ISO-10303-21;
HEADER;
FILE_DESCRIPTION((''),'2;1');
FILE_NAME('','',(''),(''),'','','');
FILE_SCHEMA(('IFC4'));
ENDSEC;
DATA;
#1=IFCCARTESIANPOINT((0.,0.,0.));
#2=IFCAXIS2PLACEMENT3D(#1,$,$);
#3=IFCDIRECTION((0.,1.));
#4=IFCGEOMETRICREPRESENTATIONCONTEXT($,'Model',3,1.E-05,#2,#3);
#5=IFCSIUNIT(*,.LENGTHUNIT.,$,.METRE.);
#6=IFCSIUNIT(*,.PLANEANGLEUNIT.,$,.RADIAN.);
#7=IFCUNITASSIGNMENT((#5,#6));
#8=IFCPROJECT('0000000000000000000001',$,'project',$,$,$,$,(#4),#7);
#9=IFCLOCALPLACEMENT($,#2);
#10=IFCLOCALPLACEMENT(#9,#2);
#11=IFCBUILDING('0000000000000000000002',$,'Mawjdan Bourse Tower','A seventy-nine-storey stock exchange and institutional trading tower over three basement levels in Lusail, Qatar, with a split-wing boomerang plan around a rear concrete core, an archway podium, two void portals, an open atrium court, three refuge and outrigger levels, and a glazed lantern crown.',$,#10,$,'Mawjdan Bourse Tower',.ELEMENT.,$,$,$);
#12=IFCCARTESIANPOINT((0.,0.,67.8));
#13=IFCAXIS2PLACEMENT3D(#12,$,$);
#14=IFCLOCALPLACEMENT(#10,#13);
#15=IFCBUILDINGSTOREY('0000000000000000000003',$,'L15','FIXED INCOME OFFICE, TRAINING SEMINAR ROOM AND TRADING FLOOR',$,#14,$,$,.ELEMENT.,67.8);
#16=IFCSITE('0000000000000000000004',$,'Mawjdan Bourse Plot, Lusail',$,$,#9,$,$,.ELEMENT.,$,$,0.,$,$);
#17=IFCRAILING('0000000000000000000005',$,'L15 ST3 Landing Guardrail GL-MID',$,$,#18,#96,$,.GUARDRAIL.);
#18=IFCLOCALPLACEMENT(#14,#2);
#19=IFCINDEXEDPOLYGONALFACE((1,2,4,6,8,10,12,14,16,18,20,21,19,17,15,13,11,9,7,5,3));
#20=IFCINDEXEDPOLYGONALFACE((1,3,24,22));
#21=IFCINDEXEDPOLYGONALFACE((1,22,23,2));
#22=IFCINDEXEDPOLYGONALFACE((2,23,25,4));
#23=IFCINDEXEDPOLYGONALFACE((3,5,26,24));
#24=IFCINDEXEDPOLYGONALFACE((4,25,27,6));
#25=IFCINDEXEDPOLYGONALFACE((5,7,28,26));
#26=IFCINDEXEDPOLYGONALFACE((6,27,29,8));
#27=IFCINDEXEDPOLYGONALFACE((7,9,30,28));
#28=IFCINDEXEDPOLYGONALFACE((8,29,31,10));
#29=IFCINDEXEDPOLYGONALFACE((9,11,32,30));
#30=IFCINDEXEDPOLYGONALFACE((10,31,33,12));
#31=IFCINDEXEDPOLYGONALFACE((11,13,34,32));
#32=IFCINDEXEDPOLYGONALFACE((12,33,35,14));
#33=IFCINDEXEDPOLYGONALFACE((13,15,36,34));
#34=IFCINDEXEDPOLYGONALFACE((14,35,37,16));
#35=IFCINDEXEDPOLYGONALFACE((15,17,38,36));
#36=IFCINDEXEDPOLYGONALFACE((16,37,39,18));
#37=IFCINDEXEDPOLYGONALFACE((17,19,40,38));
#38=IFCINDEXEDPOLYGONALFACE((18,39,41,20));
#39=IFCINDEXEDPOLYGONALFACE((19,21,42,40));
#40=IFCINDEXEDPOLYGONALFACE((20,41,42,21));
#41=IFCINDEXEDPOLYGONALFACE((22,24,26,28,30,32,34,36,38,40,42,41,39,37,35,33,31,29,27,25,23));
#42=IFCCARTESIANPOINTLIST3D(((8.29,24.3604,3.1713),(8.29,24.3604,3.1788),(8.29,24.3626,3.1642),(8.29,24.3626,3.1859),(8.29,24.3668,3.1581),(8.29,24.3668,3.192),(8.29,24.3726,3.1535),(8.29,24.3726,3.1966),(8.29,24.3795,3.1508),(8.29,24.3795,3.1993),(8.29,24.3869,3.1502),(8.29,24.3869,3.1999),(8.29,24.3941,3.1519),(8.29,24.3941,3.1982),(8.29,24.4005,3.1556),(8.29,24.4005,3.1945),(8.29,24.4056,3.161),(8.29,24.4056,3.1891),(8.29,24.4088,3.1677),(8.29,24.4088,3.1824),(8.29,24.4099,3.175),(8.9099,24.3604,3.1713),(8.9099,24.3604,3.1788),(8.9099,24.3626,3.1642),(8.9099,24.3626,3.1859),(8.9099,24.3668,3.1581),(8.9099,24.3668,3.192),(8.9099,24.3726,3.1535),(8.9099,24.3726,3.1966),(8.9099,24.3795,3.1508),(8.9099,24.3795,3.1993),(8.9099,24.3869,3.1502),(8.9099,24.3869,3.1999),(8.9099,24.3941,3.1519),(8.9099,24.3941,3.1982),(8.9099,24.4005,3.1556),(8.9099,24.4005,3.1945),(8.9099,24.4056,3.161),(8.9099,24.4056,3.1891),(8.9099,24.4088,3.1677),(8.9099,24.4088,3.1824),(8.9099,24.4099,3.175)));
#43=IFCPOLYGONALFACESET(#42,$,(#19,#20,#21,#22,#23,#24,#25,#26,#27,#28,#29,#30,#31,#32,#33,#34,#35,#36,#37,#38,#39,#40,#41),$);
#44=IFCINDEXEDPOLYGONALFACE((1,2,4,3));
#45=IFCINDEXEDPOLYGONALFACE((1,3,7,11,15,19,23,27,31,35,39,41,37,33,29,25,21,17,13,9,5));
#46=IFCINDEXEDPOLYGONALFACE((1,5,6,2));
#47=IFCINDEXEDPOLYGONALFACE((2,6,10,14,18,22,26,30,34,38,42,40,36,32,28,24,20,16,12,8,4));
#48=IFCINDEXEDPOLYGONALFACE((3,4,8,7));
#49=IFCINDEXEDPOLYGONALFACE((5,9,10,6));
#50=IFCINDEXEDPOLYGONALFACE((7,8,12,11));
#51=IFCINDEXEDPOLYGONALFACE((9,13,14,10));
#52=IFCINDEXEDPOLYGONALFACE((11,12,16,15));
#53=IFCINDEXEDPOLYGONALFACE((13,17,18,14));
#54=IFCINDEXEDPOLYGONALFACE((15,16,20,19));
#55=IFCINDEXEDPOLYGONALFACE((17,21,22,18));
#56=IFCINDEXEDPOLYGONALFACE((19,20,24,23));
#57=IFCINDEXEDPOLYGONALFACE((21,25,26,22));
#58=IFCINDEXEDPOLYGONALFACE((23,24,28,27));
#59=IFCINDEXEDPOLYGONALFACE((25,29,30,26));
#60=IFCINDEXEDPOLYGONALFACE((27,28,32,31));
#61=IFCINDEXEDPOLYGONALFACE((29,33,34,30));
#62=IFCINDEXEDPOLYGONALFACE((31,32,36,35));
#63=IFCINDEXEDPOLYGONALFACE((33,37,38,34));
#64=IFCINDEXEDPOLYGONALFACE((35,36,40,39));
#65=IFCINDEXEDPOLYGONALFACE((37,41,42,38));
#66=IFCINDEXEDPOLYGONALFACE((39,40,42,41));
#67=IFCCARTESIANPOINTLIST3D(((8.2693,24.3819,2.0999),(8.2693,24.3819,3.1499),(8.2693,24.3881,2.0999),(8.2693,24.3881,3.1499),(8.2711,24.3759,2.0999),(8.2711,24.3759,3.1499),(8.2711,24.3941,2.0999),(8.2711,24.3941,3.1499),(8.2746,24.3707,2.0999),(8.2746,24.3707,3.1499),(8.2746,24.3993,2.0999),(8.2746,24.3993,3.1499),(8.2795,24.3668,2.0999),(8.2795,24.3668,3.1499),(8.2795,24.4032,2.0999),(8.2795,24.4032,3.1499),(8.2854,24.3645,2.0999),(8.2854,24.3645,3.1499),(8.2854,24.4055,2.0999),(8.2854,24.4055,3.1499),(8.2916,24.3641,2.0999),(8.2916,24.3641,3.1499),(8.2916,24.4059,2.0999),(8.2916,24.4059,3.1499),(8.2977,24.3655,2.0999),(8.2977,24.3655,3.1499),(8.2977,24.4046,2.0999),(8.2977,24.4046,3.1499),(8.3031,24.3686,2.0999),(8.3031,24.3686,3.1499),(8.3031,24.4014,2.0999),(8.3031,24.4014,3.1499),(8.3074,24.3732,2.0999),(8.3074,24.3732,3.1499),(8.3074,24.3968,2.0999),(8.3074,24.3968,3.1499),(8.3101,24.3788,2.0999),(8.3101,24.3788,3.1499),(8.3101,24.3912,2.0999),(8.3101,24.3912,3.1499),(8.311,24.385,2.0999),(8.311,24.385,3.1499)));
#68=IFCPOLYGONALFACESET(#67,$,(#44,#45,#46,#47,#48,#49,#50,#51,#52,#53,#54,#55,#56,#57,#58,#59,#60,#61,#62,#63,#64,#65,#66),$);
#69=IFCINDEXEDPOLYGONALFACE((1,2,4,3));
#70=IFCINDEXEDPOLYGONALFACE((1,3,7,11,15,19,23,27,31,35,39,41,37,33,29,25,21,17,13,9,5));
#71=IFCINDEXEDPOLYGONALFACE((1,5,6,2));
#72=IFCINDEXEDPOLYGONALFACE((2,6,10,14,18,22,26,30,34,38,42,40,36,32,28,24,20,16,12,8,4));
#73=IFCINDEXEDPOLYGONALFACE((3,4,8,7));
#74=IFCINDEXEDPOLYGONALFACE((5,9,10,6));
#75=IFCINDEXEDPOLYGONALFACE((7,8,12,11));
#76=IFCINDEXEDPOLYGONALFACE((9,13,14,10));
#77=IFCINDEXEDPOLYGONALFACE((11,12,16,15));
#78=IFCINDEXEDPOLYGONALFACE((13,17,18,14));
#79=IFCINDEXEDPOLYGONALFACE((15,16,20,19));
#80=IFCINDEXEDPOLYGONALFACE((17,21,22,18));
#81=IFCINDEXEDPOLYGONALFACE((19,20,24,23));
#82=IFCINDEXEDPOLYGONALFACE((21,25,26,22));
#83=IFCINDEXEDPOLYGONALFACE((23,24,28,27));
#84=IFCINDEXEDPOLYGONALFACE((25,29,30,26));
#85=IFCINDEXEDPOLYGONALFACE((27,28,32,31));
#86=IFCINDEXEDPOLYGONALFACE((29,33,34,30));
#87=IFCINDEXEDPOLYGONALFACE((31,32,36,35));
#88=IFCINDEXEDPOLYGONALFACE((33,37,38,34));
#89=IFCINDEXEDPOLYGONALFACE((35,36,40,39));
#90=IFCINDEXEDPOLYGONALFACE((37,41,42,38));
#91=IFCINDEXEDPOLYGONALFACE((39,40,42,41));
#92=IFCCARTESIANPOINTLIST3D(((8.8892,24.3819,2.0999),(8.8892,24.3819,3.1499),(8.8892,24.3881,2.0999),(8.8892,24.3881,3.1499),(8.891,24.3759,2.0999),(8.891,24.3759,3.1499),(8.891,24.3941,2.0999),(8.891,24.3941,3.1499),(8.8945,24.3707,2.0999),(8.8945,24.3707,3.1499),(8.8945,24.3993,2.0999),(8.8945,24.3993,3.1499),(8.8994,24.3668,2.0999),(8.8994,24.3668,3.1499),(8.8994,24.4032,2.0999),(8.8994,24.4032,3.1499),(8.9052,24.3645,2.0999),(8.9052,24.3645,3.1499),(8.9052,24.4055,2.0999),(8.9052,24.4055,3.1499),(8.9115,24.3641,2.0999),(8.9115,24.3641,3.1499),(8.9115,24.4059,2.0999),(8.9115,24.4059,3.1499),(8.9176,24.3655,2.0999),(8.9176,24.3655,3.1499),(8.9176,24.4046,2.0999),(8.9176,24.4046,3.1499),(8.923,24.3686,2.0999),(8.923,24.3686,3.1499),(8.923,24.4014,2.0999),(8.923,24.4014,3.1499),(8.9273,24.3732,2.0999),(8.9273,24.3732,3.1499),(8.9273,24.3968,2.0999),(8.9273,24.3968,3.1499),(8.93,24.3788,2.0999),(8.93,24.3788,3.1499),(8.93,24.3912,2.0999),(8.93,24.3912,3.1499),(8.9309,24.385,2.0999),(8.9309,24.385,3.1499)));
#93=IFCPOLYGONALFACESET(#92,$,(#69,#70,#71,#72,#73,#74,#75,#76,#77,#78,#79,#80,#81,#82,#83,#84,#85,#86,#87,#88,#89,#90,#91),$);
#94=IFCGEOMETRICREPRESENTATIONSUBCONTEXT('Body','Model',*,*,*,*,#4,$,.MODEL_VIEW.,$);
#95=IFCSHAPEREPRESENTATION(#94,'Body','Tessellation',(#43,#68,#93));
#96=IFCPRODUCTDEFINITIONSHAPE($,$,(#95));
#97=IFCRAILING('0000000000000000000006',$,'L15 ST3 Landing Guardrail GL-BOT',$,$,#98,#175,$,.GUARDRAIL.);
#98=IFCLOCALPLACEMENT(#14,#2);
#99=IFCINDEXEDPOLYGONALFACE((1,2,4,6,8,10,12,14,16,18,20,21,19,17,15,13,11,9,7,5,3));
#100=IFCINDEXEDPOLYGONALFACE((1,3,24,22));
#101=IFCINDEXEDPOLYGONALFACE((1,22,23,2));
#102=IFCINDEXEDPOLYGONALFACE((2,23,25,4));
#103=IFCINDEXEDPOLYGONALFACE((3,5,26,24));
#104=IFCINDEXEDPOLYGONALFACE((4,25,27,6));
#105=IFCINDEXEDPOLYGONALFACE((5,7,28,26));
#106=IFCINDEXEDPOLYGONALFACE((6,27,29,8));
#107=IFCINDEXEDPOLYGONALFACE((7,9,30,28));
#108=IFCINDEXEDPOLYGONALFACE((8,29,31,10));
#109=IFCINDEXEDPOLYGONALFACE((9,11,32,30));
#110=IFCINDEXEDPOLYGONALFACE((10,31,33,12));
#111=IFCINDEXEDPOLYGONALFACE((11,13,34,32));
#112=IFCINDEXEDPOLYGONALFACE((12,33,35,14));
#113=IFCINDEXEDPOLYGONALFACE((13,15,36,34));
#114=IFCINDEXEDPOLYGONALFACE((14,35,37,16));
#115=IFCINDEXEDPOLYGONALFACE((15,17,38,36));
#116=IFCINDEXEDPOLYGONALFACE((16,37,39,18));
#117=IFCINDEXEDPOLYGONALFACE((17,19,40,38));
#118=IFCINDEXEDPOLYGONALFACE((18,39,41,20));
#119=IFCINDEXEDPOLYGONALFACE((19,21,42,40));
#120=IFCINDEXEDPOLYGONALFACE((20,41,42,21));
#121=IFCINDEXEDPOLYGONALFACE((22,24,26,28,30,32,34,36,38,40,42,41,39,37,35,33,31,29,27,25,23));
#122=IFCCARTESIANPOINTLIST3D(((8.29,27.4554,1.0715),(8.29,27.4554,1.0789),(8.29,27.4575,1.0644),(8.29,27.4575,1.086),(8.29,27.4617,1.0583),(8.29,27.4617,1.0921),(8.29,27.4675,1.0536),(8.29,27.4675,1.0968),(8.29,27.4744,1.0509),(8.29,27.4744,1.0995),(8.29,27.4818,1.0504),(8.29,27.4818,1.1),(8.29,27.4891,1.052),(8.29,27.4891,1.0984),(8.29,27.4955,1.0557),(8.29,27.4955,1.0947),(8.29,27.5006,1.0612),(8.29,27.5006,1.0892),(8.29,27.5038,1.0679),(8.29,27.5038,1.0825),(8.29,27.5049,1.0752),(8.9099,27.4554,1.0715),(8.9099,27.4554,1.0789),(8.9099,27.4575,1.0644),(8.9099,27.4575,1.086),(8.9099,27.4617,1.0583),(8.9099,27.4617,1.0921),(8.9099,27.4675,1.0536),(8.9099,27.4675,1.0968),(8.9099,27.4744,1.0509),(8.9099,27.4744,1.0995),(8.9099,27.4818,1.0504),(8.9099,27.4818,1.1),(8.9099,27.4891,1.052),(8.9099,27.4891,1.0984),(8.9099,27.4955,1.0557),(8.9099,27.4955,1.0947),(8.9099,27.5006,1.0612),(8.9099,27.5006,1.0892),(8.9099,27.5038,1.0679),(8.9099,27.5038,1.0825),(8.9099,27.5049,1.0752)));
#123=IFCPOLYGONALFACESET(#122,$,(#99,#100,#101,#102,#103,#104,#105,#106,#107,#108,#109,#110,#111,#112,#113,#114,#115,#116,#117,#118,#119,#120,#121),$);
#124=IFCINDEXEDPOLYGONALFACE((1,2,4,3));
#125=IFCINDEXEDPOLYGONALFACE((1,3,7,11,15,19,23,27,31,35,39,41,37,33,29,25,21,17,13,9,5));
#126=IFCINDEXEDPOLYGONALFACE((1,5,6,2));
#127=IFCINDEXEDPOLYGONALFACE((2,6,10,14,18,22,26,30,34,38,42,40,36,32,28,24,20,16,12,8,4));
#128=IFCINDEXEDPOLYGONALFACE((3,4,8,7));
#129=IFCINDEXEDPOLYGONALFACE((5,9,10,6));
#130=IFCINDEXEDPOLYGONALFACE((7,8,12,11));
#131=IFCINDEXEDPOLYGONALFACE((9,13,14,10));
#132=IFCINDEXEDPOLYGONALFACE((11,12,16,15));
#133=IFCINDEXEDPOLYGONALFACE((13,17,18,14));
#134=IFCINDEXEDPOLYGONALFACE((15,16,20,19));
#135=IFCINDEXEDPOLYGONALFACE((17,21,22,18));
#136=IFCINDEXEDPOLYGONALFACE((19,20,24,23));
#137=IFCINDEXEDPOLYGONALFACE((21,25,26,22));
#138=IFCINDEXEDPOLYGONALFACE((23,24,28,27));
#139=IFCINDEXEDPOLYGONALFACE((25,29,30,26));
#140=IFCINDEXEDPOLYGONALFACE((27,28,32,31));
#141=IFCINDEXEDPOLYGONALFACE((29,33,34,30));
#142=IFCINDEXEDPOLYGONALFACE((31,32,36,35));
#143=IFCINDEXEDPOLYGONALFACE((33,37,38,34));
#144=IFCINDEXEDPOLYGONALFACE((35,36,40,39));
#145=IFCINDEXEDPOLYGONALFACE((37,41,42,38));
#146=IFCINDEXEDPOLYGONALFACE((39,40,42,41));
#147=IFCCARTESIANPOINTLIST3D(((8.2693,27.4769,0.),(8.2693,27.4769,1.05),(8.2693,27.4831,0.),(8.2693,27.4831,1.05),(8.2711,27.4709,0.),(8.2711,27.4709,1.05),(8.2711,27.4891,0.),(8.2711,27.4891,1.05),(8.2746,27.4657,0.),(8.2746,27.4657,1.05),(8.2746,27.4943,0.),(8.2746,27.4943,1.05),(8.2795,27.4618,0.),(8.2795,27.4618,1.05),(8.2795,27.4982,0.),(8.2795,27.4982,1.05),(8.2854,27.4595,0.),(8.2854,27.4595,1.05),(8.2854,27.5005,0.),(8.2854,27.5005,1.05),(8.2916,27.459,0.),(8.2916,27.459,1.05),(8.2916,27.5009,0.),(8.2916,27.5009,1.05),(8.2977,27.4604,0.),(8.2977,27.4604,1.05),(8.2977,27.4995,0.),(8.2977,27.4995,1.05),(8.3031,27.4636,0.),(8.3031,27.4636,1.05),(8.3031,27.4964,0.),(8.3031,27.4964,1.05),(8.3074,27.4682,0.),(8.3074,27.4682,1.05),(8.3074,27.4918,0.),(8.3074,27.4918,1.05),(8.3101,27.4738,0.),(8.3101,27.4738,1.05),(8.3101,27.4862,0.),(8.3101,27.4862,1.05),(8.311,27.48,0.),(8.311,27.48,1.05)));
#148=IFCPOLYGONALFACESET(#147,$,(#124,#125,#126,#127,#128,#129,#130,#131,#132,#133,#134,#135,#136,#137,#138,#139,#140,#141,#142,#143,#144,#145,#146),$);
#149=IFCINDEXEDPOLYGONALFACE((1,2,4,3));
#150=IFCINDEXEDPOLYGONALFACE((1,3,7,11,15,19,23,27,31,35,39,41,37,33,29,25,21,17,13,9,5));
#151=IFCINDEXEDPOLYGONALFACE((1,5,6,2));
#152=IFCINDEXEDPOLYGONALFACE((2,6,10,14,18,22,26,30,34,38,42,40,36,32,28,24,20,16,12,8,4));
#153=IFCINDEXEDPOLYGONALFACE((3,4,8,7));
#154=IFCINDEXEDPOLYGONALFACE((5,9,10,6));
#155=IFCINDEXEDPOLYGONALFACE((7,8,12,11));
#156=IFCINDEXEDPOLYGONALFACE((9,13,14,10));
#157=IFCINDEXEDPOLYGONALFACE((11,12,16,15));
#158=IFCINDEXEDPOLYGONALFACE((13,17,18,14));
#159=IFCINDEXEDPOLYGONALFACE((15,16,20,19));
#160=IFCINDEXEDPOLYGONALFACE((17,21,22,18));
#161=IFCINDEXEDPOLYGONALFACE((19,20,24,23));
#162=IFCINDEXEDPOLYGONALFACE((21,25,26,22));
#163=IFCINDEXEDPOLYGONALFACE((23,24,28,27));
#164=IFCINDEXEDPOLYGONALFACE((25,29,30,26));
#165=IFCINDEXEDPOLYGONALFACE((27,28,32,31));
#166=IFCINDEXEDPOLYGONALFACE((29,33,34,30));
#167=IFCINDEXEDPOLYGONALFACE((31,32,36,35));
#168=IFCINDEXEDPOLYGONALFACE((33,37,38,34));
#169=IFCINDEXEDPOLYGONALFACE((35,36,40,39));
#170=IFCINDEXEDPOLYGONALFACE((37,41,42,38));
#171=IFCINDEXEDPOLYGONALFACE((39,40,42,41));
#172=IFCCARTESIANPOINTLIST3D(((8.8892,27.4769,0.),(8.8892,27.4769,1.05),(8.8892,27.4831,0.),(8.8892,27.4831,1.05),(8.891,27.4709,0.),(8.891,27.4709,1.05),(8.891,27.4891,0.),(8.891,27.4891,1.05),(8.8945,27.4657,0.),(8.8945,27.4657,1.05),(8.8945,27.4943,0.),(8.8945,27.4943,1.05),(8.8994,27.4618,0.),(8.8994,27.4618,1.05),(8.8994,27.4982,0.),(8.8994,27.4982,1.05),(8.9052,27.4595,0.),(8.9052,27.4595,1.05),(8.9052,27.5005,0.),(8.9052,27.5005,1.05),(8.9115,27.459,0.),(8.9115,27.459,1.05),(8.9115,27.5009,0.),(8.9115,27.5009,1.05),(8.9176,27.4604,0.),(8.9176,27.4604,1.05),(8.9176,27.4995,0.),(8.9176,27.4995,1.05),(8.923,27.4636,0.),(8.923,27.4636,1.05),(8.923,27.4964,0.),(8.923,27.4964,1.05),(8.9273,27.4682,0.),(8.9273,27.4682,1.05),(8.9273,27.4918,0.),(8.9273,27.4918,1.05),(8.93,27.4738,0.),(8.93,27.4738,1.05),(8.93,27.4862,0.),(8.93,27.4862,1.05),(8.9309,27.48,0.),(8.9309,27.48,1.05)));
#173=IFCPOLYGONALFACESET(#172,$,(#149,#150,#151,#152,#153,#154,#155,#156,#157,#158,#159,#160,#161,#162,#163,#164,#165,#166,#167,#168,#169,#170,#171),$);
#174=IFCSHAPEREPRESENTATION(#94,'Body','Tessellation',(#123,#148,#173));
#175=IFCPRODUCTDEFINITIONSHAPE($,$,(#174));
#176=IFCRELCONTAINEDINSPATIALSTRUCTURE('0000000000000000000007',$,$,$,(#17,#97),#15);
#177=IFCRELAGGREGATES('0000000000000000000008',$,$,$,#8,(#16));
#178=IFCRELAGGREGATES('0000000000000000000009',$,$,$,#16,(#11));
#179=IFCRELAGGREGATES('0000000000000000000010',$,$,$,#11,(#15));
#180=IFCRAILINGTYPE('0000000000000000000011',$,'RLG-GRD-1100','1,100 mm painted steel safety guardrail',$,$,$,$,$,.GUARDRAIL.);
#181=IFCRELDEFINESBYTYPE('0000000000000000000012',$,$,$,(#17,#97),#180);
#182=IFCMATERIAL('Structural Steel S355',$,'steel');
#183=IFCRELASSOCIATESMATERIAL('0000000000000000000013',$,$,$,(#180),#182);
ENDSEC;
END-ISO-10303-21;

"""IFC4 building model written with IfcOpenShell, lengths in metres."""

from ifc_helpers import new_model, si_unit, direction, frame, origin, origin_2d, place, context, subcontext, project, spatial, circle, extrude, material, type_object, element, save


model = new_model("IFC4")

# Units and contexts
model_context = context("Model", 3, precision=1e-05, world=origin(), true_north=direction((0.0, 1.0)))
body_context = subcontext(model_context, "Body", "Model", "MODEL_VIEW")
ifc_project = project(units=[si_unit("LENGTHUNIT", "METRE"), si_unit("PLANEANGLEUNIT", "RADIAN")], contexts=[model_context])

# Site, building, storey
site_placement = place(None, origin())
site = spatial("IfcSite", under=ifc_project, at=site_placement, Name="Mawjdan Bourse Plot, Lusail", CompositionType="ELEMENT", RefElevation=0.0)
building_placement = place(site_placement, origin())
building = spatial("IfcBuilding", under=site, at=building_placement, Name="Mawjdan Bourse Tower", Description="A seventy-nine-storey stock exchange and institutional trading tower over three basement levels in Lusail, Qatar, with a split-wing boomerang plan around a rear concrete core, an archway podium, two void portals, an open atrium court, three refuge and outrigger levels, and a glazed lantern crown.", LongName="Mawjdan Bourse Tower", CompositionType="ELEMENT")
storey_placement = place(building_placement, frame((0.0, 0.0, 67.8)))
storey = spatial("IfcBuildingStorey", under=building, at=storey_placement, Name="L15", Description="FIXED INCOME OFFICE, TRAINING SEMINAR ROOM AND TRADING FLOOR", CompositionType="ELEMENT", Elevation=67.8)

# Shared definitions
ifc_material_1 = material(Name="Structural Steel S355", Category="steel")

# Railings
railing_type_1 = type_object("IfcRailingType", Name="RLG-GRD-1100", Description="1,100 mm painted steel safety guardrail", PredefinedType="GUARDRAIL", material=ifc_material_1)
for number, where, name in (
    (1, (8.29, 24.385, 2.0999), "L15 ST3 Landing Guardrail GL-MID"),
    (2, (8.29, 27.48, 0.0), "L15 ST3 Landing Guardrail GL-BOT"),
):
    element("IfcRailing", number, at=place(storey_placement, frame(where)), inside=storey, type_object=railing_type_1, Name=name, PredefinedType="GUARDRAIL", context=body_context, shape_type="SweptSolid", body=[
        extrude(circle(Radius=0.0249, at=origin_2d()), frame((0.0, 0.0, 1.0752), z_axis=(1.0, 0.0, 0.0), x_axis=(0.0, 1.0, 0.0)), (0.0, 0.0, 1.0), 0.6199),
        extrude(circle(Radius=0.021, at=origin_2d()), origin(), (0.0, 0.0, 1.0), 1.05),
        extrude(circle(Radius=0.021, at=origin_2d()), frame((0.6199, 0.0, 0.0)), (0.0, 0.0, 1.0), 1.05),
    ])

save(model, "model.ifc")
